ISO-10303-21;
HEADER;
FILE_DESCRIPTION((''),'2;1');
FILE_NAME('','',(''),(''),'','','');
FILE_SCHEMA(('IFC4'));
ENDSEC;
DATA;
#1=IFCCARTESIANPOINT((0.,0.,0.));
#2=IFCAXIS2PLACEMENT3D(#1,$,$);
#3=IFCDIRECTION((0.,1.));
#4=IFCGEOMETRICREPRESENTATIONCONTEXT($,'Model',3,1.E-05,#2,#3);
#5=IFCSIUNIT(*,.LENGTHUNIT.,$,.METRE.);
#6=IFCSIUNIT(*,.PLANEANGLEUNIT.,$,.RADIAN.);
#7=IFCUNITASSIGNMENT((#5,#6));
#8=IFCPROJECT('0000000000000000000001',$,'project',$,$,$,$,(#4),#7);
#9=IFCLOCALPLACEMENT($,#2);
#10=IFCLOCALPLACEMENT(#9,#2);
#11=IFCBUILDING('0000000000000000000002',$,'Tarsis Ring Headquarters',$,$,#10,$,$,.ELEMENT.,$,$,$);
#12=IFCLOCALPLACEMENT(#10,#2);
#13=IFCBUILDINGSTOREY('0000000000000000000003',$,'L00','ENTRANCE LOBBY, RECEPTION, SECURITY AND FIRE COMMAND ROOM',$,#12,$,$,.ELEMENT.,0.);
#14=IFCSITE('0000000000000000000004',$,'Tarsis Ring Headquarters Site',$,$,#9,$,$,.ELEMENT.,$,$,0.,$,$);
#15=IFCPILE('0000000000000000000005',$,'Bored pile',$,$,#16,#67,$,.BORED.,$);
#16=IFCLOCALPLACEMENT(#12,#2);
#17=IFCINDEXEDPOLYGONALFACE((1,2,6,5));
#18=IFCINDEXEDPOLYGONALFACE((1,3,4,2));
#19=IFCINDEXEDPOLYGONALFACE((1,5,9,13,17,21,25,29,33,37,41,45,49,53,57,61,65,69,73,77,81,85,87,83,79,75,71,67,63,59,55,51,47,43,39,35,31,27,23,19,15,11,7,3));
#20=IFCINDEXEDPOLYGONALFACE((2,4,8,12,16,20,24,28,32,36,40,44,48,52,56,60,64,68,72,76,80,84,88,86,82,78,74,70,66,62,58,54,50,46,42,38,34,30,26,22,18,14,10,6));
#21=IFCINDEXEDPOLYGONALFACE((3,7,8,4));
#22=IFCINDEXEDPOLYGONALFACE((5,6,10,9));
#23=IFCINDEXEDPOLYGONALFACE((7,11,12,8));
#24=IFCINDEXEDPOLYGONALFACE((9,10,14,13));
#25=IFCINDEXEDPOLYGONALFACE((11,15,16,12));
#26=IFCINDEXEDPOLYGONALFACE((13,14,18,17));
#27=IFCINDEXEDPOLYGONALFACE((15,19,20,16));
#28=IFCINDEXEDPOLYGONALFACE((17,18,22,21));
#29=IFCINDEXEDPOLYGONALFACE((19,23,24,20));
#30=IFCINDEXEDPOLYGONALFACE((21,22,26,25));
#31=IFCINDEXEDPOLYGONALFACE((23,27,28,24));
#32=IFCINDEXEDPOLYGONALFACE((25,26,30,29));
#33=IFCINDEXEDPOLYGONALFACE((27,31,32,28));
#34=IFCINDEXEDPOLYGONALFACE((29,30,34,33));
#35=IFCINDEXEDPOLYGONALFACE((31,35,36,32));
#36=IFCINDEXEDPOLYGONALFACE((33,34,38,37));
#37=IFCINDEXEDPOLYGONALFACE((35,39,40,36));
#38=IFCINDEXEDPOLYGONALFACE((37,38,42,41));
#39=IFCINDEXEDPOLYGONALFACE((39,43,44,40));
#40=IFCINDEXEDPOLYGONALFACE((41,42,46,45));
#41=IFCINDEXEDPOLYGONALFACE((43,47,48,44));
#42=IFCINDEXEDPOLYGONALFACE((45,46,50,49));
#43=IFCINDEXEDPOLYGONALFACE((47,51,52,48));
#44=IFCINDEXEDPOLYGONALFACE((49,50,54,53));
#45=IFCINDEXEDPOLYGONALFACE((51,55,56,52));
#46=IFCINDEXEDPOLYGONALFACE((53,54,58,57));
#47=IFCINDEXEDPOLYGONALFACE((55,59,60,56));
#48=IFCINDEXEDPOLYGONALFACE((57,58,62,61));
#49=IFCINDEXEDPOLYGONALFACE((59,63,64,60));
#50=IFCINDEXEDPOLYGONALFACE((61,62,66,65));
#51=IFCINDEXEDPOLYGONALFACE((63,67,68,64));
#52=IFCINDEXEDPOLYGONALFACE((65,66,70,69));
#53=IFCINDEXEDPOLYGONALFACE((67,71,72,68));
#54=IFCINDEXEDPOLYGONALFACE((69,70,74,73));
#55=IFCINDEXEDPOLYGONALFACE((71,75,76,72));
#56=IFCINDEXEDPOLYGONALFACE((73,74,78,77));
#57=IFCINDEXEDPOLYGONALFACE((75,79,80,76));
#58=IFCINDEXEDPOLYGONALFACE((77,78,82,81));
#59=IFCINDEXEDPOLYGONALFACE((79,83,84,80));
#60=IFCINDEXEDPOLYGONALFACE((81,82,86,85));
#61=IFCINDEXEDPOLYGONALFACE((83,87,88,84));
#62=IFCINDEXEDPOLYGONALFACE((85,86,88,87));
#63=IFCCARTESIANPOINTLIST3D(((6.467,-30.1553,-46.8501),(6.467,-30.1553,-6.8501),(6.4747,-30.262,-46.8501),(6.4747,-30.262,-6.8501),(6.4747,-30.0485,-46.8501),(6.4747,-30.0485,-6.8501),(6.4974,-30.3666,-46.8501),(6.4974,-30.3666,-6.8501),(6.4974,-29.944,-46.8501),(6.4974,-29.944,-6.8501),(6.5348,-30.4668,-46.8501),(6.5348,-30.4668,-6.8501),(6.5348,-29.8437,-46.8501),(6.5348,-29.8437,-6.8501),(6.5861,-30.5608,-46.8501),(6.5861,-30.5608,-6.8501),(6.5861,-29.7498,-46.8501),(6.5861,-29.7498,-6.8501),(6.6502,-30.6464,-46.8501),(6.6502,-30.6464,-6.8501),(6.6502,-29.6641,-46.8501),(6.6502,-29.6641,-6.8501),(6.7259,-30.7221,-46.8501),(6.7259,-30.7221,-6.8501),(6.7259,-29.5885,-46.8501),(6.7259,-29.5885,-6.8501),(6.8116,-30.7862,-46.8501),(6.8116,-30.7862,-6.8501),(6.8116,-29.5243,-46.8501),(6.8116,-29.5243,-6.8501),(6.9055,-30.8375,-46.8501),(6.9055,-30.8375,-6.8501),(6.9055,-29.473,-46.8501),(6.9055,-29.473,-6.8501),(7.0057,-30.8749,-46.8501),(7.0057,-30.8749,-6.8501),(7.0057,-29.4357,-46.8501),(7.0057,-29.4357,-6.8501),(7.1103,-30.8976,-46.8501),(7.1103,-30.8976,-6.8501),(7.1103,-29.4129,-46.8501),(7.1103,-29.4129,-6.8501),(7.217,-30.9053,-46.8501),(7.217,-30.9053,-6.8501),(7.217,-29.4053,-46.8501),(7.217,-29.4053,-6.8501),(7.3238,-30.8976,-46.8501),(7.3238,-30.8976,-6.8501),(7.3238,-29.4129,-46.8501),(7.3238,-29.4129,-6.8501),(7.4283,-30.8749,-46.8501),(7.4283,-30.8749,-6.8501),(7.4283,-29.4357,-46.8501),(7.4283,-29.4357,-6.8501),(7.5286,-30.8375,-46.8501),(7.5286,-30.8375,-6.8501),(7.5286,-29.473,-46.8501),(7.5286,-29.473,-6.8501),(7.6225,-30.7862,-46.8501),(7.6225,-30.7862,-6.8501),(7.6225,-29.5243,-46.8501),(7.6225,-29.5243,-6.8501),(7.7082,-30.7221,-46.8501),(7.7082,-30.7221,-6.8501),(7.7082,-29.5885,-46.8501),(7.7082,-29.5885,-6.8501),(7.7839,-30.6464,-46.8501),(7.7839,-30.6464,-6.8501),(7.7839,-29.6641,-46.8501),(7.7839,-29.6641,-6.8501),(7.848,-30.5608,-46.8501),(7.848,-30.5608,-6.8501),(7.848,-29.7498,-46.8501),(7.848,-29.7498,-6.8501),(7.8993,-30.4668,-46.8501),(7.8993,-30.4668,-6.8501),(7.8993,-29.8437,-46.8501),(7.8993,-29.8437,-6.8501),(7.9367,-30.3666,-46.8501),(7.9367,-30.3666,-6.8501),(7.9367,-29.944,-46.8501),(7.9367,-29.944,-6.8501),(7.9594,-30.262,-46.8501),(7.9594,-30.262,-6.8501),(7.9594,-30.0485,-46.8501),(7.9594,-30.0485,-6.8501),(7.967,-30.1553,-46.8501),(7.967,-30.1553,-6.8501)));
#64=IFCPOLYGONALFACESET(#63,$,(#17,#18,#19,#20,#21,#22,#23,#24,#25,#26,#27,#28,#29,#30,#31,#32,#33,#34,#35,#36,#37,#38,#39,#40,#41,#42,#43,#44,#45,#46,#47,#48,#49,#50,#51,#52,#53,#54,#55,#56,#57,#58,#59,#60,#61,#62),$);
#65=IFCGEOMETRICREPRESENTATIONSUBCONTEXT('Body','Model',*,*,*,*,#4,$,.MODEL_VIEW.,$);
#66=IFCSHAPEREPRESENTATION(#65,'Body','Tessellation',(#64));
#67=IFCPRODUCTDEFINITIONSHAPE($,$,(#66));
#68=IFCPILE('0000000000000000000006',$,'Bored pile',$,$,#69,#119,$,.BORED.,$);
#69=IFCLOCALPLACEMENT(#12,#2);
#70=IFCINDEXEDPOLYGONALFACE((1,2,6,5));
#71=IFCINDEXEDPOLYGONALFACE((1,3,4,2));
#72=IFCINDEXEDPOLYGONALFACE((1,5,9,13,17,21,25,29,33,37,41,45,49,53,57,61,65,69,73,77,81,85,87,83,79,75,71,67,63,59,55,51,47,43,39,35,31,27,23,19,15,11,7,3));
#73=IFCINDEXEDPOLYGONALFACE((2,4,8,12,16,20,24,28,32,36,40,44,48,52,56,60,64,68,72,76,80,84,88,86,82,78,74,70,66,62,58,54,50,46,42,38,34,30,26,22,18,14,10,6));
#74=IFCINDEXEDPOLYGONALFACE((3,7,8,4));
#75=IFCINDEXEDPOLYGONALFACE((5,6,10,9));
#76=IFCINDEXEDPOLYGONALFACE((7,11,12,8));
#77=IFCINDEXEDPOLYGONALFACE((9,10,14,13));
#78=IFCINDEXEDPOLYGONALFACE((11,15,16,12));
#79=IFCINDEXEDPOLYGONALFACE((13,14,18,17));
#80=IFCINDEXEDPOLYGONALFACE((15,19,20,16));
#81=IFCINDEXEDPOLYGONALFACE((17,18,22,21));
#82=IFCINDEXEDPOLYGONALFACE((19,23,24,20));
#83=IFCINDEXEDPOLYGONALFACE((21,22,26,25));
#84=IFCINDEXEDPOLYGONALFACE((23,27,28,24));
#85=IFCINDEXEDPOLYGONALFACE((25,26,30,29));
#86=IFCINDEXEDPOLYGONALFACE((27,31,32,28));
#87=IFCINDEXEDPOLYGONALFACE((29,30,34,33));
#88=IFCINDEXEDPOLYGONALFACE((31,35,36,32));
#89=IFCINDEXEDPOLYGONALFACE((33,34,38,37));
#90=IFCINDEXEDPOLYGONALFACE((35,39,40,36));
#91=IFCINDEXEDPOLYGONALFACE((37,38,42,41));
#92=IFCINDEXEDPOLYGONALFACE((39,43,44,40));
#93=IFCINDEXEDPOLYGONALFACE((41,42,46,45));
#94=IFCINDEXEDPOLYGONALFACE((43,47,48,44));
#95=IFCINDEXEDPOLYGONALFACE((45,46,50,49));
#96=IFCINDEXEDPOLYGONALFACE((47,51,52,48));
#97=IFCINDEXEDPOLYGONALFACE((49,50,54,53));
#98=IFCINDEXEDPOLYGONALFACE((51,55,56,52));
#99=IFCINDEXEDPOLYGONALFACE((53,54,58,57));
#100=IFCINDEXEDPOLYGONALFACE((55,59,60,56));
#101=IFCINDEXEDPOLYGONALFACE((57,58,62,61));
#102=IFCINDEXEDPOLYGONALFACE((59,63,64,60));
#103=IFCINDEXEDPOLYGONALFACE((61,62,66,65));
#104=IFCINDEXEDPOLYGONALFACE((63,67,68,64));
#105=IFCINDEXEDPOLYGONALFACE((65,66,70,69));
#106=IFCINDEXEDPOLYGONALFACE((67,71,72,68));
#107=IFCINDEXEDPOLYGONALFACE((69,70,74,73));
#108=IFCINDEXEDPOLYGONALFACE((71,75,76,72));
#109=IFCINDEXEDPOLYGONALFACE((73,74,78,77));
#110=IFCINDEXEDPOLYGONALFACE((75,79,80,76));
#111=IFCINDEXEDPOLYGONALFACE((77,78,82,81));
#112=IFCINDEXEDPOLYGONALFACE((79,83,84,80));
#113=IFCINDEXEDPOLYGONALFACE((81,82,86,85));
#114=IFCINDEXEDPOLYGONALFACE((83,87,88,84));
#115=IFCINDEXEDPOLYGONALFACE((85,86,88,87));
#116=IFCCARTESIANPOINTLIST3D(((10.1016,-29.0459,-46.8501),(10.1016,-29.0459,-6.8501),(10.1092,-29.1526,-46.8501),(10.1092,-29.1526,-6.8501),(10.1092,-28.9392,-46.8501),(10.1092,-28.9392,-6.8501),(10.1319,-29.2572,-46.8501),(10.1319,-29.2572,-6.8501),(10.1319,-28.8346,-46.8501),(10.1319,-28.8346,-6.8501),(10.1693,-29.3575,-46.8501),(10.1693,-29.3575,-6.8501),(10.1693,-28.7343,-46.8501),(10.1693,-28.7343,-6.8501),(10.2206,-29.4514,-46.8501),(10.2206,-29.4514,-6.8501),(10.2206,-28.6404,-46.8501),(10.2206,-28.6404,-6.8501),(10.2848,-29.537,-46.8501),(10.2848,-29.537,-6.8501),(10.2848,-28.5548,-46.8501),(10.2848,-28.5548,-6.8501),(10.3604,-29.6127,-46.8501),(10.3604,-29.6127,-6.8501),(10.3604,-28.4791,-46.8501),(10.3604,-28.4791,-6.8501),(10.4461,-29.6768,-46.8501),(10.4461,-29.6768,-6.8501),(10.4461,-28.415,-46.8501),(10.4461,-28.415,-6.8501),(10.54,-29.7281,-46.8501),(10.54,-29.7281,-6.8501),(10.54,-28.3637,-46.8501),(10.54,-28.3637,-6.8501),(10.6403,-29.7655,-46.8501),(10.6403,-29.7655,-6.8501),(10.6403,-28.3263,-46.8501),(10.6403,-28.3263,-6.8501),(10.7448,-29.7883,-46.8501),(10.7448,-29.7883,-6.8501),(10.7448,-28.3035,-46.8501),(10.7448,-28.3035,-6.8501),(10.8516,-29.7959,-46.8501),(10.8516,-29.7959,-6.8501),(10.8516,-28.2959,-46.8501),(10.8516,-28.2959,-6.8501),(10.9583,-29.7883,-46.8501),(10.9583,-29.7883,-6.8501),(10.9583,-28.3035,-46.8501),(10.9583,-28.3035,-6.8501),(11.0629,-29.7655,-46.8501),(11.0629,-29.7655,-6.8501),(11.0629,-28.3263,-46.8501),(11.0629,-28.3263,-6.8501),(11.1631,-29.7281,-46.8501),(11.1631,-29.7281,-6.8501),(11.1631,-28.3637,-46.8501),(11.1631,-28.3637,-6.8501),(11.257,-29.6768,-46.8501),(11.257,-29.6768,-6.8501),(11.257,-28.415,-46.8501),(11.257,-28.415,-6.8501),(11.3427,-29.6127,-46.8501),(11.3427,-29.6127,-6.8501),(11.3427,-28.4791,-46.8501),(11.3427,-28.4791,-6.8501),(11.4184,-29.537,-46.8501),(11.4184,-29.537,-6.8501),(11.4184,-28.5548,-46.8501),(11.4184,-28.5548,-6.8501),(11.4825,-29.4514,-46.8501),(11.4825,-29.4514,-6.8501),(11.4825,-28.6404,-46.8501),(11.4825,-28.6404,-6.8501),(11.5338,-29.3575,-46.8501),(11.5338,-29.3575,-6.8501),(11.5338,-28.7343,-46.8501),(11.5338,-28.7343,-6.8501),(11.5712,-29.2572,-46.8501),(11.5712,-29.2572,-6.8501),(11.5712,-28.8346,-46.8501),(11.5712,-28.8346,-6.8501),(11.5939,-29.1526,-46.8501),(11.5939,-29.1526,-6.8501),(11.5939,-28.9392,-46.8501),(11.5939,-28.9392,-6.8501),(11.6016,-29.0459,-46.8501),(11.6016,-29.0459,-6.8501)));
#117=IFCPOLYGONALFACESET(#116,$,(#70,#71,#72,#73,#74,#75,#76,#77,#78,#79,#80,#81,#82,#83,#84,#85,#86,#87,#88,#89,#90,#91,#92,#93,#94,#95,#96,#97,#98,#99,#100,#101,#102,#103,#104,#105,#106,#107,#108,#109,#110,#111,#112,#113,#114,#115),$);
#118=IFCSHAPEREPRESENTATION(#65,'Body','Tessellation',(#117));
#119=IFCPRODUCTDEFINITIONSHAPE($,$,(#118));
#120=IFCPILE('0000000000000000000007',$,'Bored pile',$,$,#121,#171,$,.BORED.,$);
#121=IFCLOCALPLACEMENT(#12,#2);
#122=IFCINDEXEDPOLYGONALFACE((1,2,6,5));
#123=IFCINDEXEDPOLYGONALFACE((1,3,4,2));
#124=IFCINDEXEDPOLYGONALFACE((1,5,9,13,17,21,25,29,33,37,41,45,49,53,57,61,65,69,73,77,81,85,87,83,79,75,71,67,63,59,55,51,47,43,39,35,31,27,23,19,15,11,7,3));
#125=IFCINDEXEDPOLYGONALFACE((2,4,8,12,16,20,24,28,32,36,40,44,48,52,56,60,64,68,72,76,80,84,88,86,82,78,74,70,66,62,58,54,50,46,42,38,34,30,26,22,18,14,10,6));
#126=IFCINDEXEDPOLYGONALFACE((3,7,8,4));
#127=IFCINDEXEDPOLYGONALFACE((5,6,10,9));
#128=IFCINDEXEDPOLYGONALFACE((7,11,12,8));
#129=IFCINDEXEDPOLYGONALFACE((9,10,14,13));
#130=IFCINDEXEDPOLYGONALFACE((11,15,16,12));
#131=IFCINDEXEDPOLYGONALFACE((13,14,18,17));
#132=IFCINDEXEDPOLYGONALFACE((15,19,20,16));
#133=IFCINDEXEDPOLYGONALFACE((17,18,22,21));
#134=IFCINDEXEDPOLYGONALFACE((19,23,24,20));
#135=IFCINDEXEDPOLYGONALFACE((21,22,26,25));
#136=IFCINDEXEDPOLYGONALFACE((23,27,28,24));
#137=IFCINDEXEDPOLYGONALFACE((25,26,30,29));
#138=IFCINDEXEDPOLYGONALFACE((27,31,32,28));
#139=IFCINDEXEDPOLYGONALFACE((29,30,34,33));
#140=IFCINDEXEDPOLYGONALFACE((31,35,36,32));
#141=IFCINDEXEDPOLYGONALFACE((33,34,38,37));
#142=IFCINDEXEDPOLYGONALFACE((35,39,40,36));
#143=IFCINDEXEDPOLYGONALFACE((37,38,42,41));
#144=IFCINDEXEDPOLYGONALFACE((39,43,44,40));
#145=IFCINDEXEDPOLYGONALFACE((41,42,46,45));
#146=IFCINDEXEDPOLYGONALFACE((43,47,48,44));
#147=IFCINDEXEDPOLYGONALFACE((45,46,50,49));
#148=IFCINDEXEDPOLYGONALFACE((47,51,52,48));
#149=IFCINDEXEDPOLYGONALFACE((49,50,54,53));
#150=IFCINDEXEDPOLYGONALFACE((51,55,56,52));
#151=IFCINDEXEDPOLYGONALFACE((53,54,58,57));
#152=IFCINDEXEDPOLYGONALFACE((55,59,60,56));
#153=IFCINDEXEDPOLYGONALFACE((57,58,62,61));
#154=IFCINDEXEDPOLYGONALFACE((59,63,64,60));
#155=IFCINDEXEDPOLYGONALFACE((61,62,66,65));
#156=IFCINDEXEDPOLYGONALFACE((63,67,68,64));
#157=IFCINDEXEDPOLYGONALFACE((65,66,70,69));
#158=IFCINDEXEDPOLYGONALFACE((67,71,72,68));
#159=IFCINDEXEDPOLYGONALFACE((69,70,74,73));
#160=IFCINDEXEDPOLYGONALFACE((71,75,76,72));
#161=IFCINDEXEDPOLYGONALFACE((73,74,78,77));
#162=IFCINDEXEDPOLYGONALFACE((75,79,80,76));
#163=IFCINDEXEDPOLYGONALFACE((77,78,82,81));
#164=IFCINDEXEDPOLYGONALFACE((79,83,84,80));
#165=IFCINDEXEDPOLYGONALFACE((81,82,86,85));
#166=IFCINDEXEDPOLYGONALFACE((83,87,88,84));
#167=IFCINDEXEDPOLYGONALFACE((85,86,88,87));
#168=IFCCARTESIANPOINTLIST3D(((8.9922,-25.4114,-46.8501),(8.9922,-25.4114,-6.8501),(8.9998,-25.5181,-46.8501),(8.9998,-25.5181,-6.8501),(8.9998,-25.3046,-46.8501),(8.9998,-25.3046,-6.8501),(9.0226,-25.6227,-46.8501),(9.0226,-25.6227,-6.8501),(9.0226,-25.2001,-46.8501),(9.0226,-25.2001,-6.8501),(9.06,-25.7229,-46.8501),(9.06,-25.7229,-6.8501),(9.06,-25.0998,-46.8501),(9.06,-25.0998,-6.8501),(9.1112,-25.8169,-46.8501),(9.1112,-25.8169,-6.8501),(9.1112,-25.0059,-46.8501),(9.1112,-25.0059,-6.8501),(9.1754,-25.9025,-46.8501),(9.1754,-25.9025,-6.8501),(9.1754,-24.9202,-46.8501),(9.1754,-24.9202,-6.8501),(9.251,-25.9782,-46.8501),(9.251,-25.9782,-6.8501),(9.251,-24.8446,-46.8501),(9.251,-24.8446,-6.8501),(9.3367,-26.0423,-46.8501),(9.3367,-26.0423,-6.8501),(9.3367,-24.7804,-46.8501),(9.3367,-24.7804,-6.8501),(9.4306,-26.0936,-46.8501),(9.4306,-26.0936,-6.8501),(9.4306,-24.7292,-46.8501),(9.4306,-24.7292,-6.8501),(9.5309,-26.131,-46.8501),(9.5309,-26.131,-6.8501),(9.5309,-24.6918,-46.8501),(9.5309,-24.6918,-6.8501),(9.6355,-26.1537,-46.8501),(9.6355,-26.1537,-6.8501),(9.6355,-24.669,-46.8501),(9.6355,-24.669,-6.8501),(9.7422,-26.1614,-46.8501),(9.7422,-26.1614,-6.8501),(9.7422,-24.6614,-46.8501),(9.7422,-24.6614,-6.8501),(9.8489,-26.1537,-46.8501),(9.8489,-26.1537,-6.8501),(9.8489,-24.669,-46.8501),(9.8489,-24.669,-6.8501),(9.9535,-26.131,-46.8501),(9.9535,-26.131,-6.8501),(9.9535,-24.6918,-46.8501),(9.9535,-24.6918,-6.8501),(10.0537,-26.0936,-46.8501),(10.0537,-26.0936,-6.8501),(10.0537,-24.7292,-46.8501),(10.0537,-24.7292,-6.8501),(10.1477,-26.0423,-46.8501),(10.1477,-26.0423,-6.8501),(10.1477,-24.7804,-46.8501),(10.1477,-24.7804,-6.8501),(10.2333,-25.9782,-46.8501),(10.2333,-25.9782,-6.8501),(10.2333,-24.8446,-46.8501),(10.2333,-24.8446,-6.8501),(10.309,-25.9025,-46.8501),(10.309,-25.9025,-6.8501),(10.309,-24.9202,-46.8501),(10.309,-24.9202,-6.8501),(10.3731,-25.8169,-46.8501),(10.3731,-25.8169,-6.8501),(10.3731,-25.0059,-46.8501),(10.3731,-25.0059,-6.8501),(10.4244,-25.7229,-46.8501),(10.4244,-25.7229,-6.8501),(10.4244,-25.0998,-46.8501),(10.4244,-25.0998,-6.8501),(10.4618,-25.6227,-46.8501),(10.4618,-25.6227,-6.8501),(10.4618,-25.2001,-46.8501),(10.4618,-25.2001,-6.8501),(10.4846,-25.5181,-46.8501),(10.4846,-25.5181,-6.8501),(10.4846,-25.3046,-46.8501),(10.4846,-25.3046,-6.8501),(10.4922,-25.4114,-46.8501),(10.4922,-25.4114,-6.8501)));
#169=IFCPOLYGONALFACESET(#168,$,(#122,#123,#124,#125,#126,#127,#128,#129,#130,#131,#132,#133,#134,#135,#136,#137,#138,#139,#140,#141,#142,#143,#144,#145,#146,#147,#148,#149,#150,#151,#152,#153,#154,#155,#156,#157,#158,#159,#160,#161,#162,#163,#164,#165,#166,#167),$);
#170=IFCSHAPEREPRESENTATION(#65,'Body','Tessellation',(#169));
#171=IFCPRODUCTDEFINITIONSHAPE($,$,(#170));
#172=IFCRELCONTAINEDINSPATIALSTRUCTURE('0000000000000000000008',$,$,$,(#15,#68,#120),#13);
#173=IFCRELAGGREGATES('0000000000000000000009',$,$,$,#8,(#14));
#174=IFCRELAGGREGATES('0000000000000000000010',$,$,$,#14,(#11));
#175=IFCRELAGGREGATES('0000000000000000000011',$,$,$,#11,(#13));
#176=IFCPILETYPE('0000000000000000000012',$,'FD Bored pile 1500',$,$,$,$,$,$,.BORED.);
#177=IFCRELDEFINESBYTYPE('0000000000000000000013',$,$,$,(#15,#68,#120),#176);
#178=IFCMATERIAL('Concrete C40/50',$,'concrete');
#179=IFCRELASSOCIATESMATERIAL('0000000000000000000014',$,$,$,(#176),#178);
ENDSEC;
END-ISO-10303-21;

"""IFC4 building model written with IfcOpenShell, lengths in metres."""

from ifc_helpers import new_model, si_unit, direction, frame, origin, origin_2d, place, context, subcontext, project, spatial, circle, extrude, material, material_profile, profile_set, type_object, element, save


model = new_model("IFC4")

# Units and contexts
model_context = context("Model", 3, precision=1e-05, world=origin(), true_north=direction((0.0, 1.0)))
body_context = subcontext(model_context, "Body", "Model", "MODEL_VIEW")
ifc_project = project(units=[si_unit("LENGTHUNIT", "METRE"), si_unit("PLANEANGLEUNIT", "RADIAN")], contexts=[model_context])

# Site, building, storey
site_placement = place(None, origin())
site = spatial("IfcSite", under=ifc_project, at=site_placement, Name="Tarsis Ring Headquarters Site", CompositionType="ELEMENT", RefElevation=0.0)
building_placement = place(site_placement, origin())
building = spatial("IfcBuilding", under=site, at=building_placement, Name="Tarsis Ring Headquarters", CompositionType="ELEMENT")
storey_placement = place(building_placement, origin())
storey = spatial("IfcBuildingStorey", under=building, at=storey_placement, Name="L00", Description="ENTRANCE LOBBY, RECEPTION, SECURITY AND FIRE COMMAND ROOM", CompositionType="ELEMENT", Elevation=0.0)

# Piles
ifc_material_1 = material(Name="Concrete C40/50", Category="concrete")
ifc_material_profile_1 = material_profile(ifc_material_1, circle(Radius=0.75, at=origin_2d()), Name="BORED 1500")
ifc_profile_set_1 = profile_set([ifc_material_profile_1], Name="Concrete C40/50")
pile_type = type_object("IfcPileType", Name="FD Bored pile 1500", PredefinedType="BORED", material=ifc_profile_set_1)
for number, where, z_axis, x_axis, name in (
    (1, (7.217, -30.1553, -6.8501), (0.0, 0.0, -1.0), (1.0, 0.0, 0.0), "Bored pile"),
    (2, (10.8516, -29.0459, -6.8501), (0.0, 0.0, -1.0), (1.0, 0.0, 0.0), "Bored pile"),
    (3, (9.7422, -25.4114, -6.8501), (0.0, 0.0, -1.0), (1.0, 0.0, 0.0), "Bored pile"),
):
    element("IfcPile", number, at=place(storey_placement, frame(where, z_axis=z_axis, x_axis=x_axis)), inside=storey, type_object=pile_type, Name=name, PredefinedType="BORED", context=body_context, shape_type="SweptSolid", body=[
        extrude(circle(Radius=0.75, at=origin_2d()), origin(), (0.0, 0.0, 1.0), 40.0),
    ])

save(model, "model.ifc")
